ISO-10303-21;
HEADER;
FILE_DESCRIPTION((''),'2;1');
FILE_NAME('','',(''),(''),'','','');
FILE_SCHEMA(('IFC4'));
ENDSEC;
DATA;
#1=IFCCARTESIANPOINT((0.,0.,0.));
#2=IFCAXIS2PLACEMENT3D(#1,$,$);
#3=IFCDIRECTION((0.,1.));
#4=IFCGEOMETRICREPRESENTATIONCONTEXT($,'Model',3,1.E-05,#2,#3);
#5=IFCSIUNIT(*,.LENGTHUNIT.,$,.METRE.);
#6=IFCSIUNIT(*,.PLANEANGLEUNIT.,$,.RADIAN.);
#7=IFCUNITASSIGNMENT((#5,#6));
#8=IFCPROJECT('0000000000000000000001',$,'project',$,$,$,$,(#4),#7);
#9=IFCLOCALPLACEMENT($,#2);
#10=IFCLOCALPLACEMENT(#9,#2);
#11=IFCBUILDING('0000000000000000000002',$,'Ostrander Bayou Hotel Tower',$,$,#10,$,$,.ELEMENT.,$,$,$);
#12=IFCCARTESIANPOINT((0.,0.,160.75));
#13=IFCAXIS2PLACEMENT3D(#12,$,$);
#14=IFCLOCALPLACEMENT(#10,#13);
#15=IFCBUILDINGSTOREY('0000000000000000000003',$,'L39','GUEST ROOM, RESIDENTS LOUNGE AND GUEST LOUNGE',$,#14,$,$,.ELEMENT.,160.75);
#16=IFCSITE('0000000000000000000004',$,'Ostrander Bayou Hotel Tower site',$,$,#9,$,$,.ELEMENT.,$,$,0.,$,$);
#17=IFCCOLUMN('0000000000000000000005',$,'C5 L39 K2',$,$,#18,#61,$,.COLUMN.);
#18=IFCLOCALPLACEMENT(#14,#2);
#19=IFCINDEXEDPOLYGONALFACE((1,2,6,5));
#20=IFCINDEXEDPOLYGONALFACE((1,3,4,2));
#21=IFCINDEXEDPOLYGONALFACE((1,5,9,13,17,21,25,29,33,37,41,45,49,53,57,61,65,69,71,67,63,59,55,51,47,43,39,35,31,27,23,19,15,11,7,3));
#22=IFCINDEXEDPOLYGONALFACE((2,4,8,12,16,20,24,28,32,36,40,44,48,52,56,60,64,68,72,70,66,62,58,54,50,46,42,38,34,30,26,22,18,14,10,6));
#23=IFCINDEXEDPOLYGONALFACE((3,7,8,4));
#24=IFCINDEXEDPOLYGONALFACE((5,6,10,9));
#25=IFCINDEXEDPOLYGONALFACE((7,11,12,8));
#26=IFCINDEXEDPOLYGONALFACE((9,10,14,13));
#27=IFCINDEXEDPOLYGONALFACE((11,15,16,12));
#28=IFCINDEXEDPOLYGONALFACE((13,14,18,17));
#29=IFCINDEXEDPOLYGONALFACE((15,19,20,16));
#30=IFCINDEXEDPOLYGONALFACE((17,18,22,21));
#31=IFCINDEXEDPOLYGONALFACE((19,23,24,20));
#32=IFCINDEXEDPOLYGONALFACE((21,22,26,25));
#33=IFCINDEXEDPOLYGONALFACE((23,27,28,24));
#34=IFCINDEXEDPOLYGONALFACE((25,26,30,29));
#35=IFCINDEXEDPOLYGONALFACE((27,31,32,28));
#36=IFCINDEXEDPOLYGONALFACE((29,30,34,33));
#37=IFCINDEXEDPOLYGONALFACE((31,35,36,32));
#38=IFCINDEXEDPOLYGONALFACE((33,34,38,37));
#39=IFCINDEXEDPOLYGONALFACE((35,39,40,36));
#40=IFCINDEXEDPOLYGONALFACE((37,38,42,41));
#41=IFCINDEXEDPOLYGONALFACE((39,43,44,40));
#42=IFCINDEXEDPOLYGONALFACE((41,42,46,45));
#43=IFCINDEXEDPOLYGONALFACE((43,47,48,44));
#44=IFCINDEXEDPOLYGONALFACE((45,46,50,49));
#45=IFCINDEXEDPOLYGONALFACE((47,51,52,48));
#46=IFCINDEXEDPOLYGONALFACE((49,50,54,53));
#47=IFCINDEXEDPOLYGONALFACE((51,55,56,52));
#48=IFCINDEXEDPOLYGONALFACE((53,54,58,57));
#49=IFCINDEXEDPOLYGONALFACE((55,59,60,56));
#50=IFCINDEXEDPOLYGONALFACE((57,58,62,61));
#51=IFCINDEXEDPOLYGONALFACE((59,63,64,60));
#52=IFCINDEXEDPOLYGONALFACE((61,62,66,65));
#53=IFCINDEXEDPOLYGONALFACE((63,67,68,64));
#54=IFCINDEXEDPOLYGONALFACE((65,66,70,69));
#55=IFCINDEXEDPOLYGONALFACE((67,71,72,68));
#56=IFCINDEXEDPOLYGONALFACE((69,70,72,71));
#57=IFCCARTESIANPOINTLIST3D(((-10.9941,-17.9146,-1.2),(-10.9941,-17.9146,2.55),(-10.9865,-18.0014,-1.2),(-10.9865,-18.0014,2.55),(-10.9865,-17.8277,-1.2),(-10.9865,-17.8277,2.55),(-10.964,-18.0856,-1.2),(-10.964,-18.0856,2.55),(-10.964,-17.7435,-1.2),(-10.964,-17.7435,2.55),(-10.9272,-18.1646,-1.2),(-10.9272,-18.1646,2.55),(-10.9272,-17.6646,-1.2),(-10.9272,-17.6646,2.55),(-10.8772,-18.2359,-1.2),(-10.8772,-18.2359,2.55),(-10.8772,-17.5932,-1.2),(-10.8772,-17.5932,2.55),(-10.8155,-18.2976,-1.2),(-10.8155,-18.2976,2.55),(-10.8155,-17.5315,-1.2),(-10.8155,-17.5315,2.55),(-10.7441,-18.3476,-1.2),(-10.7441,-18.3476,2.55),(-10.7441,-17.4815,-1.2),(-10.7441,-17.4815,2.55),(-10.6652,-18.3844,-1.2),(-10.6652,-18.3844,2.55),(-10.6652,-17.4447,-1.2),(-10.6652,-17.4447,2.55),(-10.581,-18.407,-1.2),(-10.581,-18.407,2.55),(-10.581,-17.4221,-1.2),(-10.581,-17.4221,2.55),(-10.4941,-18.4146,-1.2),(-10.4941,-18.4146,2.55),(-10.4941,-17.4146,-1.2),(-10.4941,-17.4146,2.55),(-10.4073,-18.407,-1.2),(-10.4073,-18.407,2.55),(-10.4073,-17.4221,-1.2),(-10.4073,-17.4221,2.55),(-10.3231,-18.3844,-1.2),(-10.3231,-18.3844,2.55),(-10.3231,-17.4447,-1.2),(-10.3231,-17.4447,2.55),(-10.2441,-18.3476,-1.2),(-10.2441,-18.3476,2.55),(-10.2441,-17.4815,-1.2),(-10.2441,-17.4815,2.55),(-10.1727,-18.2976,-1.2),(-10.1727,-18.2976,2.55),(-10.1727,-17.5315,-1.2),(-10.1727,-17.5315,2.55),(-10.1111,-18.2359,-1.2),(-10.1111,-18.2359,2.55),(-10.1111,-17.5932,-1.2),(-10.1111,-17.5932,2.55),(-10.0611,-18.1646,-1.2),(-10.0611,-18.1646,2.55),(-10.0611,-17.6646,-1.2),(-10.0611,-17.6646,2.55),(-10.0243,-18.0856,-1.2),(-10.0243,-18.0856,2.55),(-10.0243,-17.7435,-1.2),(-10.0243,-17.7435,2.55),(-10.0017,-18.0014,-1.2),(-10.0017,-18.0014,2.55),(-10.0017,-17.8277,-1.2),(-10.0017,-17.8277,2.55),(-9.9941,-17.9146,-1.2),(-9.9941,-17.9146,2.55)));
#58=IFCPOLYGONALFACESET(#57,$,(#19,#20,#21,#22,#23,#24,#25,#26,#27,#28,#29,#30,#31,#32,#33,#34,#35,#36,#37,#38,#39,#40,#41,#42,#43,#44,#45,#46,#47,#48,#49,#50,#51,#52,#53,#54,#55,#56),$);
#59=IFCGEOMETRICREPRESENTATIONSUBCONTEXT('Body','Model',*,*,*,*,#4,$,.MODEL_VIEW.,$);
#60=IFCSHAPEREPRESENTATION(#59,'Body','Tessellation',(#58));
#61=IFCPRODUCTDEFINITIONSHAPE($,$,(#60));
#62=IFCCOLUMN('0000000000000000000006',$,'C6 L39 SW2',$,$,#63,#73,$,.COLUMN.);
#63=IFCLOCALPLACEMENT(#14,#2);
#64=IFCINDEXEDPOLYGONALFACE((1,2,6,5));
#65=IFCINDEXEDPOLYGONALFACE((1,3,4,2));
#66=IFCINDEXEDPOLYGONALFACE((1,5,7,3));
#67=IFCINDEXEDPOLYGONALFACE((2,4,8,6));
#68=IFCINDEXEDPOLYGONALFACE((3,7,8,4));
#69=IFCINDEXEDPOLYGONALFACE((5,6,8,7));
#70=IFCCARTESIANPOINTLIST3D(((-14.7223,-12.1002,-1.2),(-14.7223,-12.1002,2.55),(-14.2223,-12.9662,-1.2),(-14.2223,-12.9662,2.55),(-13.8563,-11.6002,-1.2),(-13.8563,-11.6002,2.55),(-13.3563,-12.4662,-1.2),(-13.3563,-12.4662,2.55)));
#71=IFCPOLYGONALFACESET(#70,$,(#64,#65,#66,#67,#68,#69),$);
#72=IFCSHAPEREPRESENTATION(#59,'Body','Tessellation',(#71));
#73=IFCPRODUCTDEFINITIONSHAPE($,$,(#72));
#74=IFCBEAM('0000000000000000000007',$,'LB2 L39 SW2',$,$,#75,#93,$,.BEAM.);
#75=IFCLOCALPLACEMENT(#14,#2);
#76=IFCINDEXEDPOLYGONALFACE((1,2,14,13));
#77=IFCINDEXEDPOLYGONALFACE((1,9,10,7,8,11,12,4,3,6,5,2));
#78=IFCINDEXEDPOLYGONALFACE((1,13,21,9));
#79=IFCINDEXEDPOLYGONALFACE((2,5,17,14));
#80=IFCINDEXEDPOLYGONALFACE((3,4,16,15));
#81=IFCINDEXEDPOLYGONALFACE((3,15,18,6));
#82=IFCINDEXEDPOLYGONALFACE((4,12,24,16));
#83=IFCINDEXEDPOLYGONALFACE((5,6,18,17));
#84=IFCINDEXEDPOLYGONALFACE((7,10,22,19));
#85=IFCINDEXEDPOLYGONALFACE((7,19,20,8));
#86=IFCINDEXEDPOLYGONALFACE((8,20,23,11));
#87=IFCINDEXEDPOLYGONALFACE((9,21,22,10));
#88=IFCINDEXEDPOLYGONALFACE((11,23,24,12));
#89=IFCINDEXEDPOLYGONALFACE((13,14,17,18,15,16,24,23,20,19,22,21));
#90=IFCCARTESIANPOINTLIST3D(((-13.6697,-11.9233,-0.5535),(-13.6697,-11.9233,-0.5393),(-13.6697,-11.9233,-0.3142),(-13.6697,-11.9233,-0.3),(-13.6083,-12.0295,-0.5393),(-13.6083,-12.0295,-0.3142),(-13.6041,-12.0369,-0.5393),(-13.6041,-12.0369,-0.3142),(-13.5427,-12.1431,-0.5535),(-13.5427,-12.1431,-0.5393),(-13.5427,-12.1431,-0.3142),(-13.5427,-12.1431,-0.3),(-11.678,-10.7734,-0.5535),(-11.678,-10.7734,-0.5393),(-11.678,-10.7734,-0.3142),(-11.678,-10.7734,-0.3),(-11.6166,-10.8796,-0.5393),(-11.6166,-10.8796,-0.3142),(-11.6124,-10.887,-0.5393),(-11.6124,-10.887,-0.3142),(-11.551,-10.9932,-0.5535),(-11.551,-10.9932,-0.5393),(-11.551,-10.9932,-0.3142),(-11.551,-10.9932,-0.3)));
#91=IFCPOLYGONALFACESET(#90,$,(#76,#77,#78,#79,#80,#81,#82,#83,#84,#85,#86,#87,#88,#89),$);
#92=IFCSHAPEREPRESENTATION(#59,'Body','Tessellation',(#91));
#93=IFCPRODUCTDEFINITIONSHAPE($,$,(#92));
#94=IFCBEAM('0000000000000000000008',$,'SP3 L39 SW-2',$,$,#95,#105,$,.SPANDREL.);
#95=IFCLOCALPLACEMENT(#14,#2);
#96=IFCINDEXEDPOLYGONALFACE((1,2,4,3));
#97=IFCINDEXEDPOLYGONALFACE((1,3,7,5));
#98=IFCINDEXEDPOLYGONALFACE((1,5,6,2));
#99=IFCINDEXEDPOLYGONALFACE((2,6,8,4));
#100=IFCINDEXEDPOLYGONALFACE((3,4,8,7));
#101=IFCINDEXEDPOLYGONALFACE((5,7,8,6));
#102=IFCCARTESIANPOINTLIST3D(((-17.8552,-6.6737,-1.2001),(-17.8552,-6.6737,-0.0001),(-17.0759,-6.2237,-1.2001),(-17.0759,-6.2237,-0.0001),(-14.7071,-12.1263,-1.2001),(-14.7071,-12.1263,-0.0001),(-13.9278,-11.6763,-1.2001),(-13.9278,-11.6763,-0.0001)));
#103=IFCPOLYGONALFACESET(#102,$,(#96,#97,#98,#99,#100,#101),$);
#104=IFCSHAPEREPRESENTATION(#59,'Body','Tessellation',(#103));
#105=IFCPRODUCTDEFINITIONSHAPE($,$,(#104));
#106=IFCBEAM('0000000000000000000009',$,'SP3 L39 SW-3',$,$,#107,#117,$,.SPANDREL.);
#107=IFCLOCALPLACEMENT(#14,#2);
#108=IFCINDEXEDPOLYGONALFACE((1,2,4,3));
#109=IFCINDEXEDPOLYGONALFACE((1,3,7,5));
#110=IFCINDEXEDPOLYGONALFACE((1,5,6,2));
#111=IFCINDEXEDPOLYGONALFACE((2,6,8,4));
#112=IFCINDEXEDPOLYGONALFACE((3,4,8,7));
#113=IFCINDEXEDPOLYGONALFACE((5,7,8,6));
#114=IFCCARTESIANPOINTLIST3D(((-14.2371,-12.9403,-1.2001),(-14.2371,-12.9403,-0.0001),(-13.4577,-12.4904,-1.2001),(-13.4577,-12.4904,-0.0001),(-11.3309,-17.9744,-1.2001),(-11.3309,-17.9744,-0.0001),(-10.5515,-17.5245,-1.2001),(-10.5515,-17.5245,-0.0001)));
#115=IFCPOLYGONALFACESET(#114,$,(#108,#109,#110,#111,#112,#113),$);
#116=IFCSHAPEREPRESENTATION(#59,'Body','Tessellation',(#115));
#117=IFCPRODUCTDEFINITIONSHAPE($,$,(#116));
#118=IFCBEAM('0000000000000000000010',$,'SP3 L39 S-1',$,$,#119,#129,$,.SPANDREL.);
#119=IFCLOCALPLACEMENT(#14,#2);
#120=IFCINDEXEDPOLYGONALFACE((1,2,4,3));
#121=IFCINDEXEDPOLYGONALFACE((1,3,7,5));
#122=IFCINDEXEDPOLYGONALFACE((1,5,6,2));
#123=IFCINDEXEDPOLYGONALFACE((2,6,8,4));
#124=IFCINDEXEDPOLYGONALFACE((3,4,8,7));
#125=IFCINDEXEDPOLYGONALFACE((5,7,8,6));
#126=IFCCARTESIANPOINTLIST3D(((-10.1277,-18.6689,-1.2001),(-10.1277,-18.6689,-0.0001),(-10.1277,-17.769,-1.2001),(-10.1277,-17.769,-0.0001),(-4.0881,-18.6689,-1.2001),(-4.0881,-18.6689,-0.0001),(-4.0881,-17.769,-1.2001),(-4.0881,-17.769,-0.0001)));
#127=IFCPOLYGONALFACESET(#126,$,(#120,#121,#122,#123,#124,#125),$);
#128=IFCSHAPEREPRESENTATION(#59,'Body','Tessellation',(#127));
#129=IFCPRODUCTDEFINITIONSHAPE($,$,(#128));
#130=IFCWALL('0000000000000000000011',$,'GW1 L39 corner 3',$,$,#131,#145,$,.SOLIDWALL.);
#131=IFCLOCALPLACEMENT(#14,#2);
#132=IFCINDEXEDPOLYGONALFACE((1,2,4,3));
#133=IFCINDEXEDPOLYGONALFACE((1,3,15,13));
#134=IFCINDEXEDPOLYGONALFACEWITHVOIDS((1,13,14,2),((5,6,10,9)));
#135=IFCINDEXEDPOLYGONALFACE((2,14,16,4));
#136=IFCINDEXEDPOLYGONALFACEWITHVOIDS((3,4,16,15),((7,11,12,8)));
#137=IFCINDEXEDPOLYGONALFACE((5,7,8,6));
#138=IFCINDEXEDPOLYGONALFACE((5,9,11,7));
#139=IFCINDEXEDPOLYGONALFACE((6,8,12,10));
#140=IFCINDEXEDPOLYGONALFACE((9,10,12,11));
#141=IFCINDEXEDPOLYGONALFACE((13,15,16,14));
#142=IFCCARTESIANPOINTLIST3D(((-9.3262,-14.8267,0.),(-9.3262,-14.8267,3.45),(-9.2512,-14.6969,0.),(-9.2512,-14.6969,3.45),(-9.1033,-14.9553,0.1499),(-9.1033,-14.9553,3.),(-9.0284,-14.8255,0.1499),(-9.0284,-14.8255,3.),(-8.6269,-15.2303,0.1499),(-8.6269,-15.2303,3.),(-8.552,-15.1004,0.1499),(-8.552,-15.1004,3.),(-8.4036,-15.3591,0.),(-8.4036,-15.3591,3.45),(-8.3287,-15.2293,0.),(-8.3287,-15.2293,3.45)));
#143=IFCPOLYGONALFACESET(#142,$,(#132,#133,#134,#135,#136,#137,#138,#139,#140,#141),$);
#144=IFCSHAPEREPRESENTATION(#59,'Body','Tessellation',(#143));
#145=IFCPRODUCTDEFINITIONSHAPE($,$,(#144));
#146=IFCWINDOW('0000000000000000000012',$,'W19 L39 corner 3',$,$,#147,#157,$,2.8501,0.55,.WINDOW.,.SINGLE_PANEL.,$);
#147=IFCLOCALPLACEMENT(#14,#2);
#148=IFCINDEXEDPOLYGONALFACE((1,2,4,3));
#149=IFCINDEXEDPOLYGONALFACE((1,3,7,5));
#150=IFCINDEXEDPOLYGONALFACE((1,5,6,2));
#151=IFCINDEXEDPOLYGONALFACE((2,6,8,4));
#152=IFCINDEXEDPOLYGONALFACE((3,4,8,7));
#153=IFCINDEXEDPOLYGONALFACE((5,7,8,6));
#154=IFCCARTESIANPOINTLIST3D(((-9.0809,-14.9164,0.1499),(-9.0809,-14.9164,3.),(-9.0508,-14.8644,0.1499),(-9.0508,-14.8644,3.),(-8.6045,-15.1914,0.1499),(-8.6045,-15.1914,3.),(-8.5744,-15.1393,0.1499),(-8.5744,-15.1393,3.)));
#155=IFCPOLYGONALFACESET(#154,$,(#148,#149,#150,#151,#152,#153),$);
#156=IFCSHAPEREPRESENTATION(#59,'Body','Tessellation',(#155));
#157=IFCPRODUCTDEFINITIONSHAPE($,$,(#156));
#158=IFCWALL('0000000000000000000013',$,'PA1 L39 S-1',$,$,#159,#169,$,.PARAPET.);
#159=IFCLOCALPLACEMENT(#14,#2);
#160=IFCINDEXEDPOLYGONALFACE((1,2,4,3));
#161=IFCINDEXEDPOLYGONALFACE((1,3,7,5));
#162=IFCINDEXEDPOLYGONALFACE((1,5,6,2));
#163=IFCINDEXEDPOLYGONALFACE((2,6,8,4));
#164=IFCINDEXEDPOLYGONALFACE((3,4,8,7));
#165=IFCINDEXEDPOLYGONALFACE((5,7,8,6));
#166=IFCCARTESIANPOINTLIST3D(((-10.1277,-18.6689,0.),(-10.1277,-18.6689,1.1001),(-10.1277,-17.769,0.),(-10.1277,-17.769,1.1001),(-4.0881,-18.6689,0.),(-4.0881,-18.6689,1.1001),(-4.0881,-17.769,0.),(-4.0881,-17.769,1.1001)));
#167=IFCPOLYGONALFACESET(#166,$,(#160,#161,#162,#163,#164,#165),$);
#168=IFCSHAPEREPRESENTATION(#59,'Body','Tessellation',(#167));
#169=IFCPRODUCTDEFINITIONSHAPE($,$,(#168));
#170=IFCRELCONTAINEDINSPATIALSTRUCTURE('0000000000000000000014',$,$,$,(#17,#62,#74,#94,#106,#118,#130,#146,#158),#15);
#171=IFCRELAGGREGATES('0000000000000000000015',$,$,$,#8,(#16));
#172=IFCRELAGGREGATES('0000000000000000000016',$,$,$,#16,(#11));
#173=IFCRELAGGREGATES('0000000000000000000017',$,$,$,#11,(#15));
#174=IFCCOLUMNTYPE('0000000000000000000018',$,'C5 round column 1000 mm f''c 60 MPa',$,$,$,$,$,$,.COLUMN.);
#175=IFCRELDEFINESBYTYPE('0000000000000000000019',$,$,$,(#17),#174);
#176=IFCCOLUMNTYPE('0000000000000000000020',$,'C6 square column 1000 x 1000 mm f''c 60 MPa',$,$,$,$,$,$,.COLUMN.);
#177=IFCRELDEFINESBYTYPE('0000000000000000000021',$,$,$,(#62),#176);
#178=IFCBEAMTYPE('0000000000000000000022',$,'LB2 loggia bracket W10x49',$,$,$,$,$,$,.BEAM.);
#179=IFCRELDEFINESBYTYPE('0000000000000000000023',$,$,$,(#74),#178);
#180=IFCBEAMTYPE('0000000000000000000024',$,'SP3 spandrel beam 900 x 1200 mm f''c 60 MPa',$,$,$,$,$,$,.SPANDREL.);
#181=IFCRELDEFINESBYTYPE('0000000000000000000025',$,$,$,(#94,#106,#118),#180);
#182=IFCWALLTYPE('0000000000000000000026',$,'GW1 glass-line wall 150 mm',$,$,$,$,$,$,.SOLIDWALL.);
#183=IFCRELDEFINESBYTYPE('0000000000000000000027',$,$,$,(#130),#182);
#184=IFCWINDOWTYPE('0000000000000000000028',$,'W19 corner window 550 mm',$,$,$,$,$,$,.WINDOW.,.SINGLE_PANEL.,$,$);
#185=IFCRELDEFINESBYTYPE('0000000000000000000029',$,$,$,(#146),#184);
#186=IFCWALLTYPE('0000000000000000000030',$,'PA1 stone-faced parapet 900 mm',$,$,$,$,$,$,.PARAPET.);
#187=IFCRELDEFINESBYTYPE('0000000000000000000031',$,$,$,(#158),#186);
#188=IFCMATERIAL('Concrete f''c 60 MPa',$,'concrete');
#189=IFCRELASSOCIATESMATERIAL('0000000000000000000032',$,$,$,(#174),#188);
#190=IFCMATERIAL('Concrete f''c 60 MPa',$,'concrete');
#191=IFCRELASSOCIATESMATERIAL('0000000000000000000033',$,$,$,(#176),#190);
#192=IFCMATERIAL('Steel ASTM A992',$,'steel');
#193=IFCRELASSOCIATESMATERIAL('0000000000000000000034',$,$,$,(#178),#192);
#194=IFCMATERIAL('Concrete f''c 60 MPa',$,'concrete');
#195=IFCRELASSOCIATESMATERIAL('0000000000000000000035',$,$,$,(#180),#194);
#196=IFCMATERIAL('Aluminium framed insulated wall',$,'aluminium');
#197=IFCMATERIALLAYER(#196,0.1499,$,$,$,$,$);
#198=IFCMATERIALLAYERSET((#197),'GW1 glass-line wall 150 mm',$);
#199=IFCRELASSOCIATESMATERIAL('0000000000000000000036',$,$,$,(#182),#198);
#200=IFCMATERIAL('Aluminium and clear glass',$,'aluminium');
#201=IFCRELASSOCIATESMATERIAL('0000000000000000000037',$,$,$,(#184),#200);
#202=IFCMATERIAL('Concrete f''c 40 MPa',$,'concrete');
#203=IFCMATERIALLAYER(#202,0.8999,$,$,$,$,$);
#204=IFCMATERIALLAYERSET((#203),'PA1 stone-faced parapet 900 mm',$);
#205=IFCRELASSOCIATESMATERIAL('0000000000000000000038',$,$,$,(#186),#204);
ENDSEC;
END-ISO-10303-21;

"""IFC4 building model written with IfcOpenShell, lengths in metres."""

from ifc_helpers import new_model, si_unit, direction, frame, frame_2d, origin, origin_2d, place, context, subcontext, project, spatial, rectangle, circle, i_section, extrude, material, layer, layer_set, material_profile, profile_set, type_object, element, fill, save


model = new_model("IFC4")

# Units and contexts
model_context = context("Model", 3, precision=1e-05, world=origin(), true_north=direction((0.0, 1.0)))
body_context = subcontext(model_context, "Body", "Model", "MODEL_VIEW")
ifc_project = project(units=[si_unit("LENGTHUNIT", "METRE"), si_unit("PLANEANGLEUNIT", "RADIAN")], contexts=[model_context])

# Site, building, storey
site_placement = place(None, origin())
site = spatial("IfcSite", under=ifc_project, at=site_placement, Name="Ostrander Bayou Hotel Tower site", CompositionType="ELEMENT", RefElevation=0.0)
building_placement = place(site_placement, origin())
building = spatial("IfcBuilding", under=site, at=building_placement, Name="Ostrander Bayou Hotel Tower", CompositionType="ELEMENT")
storey_placement = place(building_placement, frame((0.0, 0.0, 160.75)))
storey = spatial("IfcBuildingStorey", under=building, at=storey_placement, Name="L39", Description="GUEST ROOM, RESIDENTS LOUNGE AND GUEST LOUNGE", CompositionType="ELEMENT", Elevation=160.75)

# Columns
ifc_material_1 = material(Name="Concrete f'c 60 MPa", Category="concrete")
ifc_material_profile_1 = material_profile(ifc_material_1, circle(Radius=0.5, at=origin_2d()))
ifc_profile_set_1 = profile_set([ifc_material_profile_1], Name="Concrete f'c 60 MPa")
column_type_1 = type_object("IfcColumnType", Name="C5 round column 1000 mm f'c 60 MPa", PredefinedType="COLUMN", material=ifc_profile_set_1)
column_1_placement = place(storey_placement, frame((-10.4941, -17.9146, -1.2), z_axis=(0.0, 0.0, 1.0), x_axis=(1.0, 0.0, 0.0)))
element("IfcColumn", 1, at=column_1_placement, inside=storey, type_object=column_type_1, Name="C5 L39 K2", PredefinedType="COLUMN", context=body_context, shape_type="SweptSolid", body=[
    extrude(circle(Radius=0.5, at=origin_2d()), origin(), (0.0, 0.0, 1.0), 3.75),
])
ifc_material_2 = material(Name="Concrete f'c 60 MPa", Category="concrete")
ifc_material_profile_2 = material_profile(ifc_material_2, rectangle(XDim=1.0, YDim=1.0, at=origin_2d()))
ifc_profile_set_2 = profile_set([ifc_material_profile_2], Name="Concrete f'c 60 MPa")
column_type_2 = type_object("IfcColumnType", Name="C6 square column 1000 x 1000 mm f'c 60 MPa", PredefinedType="COLUMN", material=ifc_profile_set_2)
column_2_placement = place(storey_placement, frame((-14.0393, -12.2832, -1.2), z_axis=(0.0, 0.0, 1.0), x_axis=(-0.5, 0.866025, 0.0)))
element("IfcColumn", 2, at=column_2_placement, inside=storey, type_object=column_type_2, Name="C6 L39 SW2", PredefinedType="COLUMN", context=body_context, shape_type="SweptSolid", body=[
    extrude(rectangle(XDim=1.0, YDim=1.0, at=origin_2d()), origin(), (0.0, 0.0, 1.0), 3.75),
])

# Beams
ifc_material_3 = material(Name="Steel ASTM A992", Category="steel")
ifc_material_profile_3 = material_profile(ifc_material_3, i_section(OverallWidth=0.2539, OverallDepth=0.2534, WebThickness=0.0085, FlangeThickness=0.0142, at=origin_2d()))
ifc_profile_set_3 = profile_set([ifc_material_profile_3], Name="Steel ASTM A992")
beam_type_1 = type_object("IfcBeamType", Name="LB2 loggia bracket W10x49", PredefinedType="BEAM", material=ifc_profile_set_3)
beam_1_placement = place(storey_placement, frame((-13.6062, -12.0332, -0.4268), z_axis=(0.866026, 0.499998, 0.0), x_axis=(-0.499998, 0.866026, 0.0)))
element("IfcBeam", 3, at=beam_1_placement, inside=storey, type_object=beam_type_1, Name="LB2 L39 SW2", PredefinedType="BEAM", context=body_context, shape_type="SweptSolid", body=[
    extrude(i_section(OverallWidth=0.2539, OverallDepth=0.2534, WebThickness=0.0085, FlangeThickness=0.0142, at=origin_2d()), origin(), (0.0, 0.0, 1.0), 2.2998),
])
ifc_material_4 = material(Name="Concrete f'c 60 MPa", Category="concrete")
ifc_material_profile_4 = material_profile(ifc_material_4, rectangle(XDim=0.8999, YDim=1.2, at=origin_2d()))
ifc_profile_set_4 = profile_set([ifc_material_profile_4], Name="Concrete f'c 60 MPa")
beam_type_2 = type_object("IfcBeamType", Name="SP3 spandrel beam 900 x 1200 mm f'c 60 MPa", PredefinedType="SPANDREL", material=ifc_profile_set_4)
beam_2_placement = place(storey_placement, frame((-17.4656, -6.4487, -0.6001), z_axis=(0.500013, -0.866018, 0.0), x_axis=(0.866018, 0.500013, 0.0)))
element("IfcBeam", 4, at=beam_2_placement, inside=storey, type_object=beam_type_2, Name="SP3 L39 SW-2", PredefinedType="SPANDREL", context=body_context, shape_type="SweptSolid", body=[
    extrude(rectangle(XDim=0.8999, YDim=1.2, at=origin_2d()), origin(), (0.0, 0.0, 1.0), 6.2961),
])
beam_3_placement = place(storey_placement, frame((-13.8474, -12.7153, -0.6001), z_axis=(0.49997, -0.866043, 0.0), x_axis=(0.866043, 0.49997, 0.0)))
element("IfcBeam", 5, at=beam_3_placement, inside=storey, type_object=beam_type_2, Name="SP3 L39 SW-3", PredefinedType="SPANDREL", context=body_context, shape_type="SweptSolid", body=[
    extrude(rectangle(XDim=0.8999, YDim=1.2, at=origin_2d()), origin(), (0.0, 0.0, 1.0), 5.8127),
])
beam_4_placement = place(storey_placement, frame((-10.1277, -18.219, -0.6001), z_axis=(1.0, 0.0, 0.0), x_axis=(0.0, 1.0, 0.0)))
element("IfcBeam", 6, at=beam_4_placement, inside=storey, type_object=beam_type_2, Name="SP3 L39 S-1", PredefinedType="SPANDREL", context=body_context, shape_type="SweptSolid", body=[
    extrude(rectangle(XDim=0.8999, YDim=1.2, at=origin_2d()), origin(), (0.0, 0.0, 1.0), 6.0396),
])

# Wall, opening, window
ifc_material_5 = material(Name="Aluminium framed insulated wall", Category="aluminium")
ifc_layer_1 = layer(ifc_material_5, 0.1499)
ifc_layer_set_1 = layer_set([ifc_layer_1], Name="GW1 glass-line wall 150 mm")
wall_type_1 = type_object("IfcWallType", Name="GW1 glass-line wall 150 mm", PredefinedType="SOLIDWALL", material=ifc_layer_set_1)
wall_1_placement = place(storey_placement, frame((-9.2888, -14.7617, 0.0), z_axis=(0.0, 0.0, 1.0), x_axis=(0.866105, -0.499861, 0.0)))
wall_1 = element("IfcWall", 7, at=wall_1_placement, inside=storey, type_object=wall_type_1, Name="GW1 L39 corner 3", PredefinedType="SOLIDWALL", context=body_context, shape_type="SweptSolid", body=[
    extrude(rectangle(XDim=1.0652, YDim=0.1499, at=frame_2d((0.5327, 0.0))), origin(), (0.0, 0.0, 1.0), 3.45),
])
opening_placement = place(wall_1_placement, frame((0.2576, 0.0, 0.1499)))
opening = element("IfcOpeningElement", 8, at=opening_placement, cuts=wall_1, PredefinedType="OPENING", context=body_context, shape_type="SweptSolid", body=[
    extrude(rectangle(XDim=0.55, YDim=2.8501, at=frame_2d((0.2749, 1.425))), frame((0.0, 0.075, 0.0), z_axis=(0.0, -1.0, 0.0), x_axis=(1.0, 0.0, 0.0)), (0.0, 0.0, 1.0), 0.1499),
])
ifc_material_6 = material(Name="Aluminium and clear glass", Category="aluminium")
window_type = type_object("IfcWindowType", Name="W19 corner window 550 mm", PartitioningType="SINGLE_PANEL", PredefinedType="WINDOW", material=ifc_material_6)
window_placement = place(opening_placement, origin())
window = element("IfcWindow", 9, at=window_placement, inside=storey, type_object=window_type, Name="W19 L39 corner 3", OverallHeight=2.8501, OverallWidth=0.55, PartitioningType="SINGLE_PANEL", PredefinedType="WINDOW", context=body_context, shape_type="SweptSolid", body=[
    extrude(rectangle(XDim=0.55, YDim=2.8501, at=frame_2d((0.2749, 1.425))), frame((0.0, 0.03, 0.0), z_axis=(0.0, -1.0, 0.0), x_axis=(1.0, 0.0, 0.0)), (0.0, 0.0, 1.0), 0.0601),
])
fill(opening, window)

# Wall
ifc_material_7 = material(Name="Concrete f'c 40 MPa", Category="concrete")
ifc_layer_2 = layer(ifc_material_7, 0.8999)
ifc_layer_set_2 = layer_set([ifc_layer_2], Name="PA1 stone-faced parapet 900 mm")
wall_type_2 = type_object("IfcWallType", Name="PA1 stone-faced parapet 900 mm", PredefinedType="PARAPET", material=ifc_layer_set_2)
wall_2_placement = place(storey_placement, frame((-10.1277, -18.219, 0.0), z_axis=(0.0, 0.0, 1.0), x_axis=(1.0, 0.0, 0.0)))
element("IfcWall", 10, at=wall_2_placement, inside=storey, type_object=wall_type_2, Name="PA1 L39 S-1", PredefinedType="PARAPET", context=body_context, shape_type="SweptSolid", body=[
    extrude(rectangle(XDim=6.0396, YDim=0.8999, at=frame_2d((3.0198, 0.0))), origin(), (0.0, 0.0, 1.0), 1.1001),
])

save(model, "model.ifc")
